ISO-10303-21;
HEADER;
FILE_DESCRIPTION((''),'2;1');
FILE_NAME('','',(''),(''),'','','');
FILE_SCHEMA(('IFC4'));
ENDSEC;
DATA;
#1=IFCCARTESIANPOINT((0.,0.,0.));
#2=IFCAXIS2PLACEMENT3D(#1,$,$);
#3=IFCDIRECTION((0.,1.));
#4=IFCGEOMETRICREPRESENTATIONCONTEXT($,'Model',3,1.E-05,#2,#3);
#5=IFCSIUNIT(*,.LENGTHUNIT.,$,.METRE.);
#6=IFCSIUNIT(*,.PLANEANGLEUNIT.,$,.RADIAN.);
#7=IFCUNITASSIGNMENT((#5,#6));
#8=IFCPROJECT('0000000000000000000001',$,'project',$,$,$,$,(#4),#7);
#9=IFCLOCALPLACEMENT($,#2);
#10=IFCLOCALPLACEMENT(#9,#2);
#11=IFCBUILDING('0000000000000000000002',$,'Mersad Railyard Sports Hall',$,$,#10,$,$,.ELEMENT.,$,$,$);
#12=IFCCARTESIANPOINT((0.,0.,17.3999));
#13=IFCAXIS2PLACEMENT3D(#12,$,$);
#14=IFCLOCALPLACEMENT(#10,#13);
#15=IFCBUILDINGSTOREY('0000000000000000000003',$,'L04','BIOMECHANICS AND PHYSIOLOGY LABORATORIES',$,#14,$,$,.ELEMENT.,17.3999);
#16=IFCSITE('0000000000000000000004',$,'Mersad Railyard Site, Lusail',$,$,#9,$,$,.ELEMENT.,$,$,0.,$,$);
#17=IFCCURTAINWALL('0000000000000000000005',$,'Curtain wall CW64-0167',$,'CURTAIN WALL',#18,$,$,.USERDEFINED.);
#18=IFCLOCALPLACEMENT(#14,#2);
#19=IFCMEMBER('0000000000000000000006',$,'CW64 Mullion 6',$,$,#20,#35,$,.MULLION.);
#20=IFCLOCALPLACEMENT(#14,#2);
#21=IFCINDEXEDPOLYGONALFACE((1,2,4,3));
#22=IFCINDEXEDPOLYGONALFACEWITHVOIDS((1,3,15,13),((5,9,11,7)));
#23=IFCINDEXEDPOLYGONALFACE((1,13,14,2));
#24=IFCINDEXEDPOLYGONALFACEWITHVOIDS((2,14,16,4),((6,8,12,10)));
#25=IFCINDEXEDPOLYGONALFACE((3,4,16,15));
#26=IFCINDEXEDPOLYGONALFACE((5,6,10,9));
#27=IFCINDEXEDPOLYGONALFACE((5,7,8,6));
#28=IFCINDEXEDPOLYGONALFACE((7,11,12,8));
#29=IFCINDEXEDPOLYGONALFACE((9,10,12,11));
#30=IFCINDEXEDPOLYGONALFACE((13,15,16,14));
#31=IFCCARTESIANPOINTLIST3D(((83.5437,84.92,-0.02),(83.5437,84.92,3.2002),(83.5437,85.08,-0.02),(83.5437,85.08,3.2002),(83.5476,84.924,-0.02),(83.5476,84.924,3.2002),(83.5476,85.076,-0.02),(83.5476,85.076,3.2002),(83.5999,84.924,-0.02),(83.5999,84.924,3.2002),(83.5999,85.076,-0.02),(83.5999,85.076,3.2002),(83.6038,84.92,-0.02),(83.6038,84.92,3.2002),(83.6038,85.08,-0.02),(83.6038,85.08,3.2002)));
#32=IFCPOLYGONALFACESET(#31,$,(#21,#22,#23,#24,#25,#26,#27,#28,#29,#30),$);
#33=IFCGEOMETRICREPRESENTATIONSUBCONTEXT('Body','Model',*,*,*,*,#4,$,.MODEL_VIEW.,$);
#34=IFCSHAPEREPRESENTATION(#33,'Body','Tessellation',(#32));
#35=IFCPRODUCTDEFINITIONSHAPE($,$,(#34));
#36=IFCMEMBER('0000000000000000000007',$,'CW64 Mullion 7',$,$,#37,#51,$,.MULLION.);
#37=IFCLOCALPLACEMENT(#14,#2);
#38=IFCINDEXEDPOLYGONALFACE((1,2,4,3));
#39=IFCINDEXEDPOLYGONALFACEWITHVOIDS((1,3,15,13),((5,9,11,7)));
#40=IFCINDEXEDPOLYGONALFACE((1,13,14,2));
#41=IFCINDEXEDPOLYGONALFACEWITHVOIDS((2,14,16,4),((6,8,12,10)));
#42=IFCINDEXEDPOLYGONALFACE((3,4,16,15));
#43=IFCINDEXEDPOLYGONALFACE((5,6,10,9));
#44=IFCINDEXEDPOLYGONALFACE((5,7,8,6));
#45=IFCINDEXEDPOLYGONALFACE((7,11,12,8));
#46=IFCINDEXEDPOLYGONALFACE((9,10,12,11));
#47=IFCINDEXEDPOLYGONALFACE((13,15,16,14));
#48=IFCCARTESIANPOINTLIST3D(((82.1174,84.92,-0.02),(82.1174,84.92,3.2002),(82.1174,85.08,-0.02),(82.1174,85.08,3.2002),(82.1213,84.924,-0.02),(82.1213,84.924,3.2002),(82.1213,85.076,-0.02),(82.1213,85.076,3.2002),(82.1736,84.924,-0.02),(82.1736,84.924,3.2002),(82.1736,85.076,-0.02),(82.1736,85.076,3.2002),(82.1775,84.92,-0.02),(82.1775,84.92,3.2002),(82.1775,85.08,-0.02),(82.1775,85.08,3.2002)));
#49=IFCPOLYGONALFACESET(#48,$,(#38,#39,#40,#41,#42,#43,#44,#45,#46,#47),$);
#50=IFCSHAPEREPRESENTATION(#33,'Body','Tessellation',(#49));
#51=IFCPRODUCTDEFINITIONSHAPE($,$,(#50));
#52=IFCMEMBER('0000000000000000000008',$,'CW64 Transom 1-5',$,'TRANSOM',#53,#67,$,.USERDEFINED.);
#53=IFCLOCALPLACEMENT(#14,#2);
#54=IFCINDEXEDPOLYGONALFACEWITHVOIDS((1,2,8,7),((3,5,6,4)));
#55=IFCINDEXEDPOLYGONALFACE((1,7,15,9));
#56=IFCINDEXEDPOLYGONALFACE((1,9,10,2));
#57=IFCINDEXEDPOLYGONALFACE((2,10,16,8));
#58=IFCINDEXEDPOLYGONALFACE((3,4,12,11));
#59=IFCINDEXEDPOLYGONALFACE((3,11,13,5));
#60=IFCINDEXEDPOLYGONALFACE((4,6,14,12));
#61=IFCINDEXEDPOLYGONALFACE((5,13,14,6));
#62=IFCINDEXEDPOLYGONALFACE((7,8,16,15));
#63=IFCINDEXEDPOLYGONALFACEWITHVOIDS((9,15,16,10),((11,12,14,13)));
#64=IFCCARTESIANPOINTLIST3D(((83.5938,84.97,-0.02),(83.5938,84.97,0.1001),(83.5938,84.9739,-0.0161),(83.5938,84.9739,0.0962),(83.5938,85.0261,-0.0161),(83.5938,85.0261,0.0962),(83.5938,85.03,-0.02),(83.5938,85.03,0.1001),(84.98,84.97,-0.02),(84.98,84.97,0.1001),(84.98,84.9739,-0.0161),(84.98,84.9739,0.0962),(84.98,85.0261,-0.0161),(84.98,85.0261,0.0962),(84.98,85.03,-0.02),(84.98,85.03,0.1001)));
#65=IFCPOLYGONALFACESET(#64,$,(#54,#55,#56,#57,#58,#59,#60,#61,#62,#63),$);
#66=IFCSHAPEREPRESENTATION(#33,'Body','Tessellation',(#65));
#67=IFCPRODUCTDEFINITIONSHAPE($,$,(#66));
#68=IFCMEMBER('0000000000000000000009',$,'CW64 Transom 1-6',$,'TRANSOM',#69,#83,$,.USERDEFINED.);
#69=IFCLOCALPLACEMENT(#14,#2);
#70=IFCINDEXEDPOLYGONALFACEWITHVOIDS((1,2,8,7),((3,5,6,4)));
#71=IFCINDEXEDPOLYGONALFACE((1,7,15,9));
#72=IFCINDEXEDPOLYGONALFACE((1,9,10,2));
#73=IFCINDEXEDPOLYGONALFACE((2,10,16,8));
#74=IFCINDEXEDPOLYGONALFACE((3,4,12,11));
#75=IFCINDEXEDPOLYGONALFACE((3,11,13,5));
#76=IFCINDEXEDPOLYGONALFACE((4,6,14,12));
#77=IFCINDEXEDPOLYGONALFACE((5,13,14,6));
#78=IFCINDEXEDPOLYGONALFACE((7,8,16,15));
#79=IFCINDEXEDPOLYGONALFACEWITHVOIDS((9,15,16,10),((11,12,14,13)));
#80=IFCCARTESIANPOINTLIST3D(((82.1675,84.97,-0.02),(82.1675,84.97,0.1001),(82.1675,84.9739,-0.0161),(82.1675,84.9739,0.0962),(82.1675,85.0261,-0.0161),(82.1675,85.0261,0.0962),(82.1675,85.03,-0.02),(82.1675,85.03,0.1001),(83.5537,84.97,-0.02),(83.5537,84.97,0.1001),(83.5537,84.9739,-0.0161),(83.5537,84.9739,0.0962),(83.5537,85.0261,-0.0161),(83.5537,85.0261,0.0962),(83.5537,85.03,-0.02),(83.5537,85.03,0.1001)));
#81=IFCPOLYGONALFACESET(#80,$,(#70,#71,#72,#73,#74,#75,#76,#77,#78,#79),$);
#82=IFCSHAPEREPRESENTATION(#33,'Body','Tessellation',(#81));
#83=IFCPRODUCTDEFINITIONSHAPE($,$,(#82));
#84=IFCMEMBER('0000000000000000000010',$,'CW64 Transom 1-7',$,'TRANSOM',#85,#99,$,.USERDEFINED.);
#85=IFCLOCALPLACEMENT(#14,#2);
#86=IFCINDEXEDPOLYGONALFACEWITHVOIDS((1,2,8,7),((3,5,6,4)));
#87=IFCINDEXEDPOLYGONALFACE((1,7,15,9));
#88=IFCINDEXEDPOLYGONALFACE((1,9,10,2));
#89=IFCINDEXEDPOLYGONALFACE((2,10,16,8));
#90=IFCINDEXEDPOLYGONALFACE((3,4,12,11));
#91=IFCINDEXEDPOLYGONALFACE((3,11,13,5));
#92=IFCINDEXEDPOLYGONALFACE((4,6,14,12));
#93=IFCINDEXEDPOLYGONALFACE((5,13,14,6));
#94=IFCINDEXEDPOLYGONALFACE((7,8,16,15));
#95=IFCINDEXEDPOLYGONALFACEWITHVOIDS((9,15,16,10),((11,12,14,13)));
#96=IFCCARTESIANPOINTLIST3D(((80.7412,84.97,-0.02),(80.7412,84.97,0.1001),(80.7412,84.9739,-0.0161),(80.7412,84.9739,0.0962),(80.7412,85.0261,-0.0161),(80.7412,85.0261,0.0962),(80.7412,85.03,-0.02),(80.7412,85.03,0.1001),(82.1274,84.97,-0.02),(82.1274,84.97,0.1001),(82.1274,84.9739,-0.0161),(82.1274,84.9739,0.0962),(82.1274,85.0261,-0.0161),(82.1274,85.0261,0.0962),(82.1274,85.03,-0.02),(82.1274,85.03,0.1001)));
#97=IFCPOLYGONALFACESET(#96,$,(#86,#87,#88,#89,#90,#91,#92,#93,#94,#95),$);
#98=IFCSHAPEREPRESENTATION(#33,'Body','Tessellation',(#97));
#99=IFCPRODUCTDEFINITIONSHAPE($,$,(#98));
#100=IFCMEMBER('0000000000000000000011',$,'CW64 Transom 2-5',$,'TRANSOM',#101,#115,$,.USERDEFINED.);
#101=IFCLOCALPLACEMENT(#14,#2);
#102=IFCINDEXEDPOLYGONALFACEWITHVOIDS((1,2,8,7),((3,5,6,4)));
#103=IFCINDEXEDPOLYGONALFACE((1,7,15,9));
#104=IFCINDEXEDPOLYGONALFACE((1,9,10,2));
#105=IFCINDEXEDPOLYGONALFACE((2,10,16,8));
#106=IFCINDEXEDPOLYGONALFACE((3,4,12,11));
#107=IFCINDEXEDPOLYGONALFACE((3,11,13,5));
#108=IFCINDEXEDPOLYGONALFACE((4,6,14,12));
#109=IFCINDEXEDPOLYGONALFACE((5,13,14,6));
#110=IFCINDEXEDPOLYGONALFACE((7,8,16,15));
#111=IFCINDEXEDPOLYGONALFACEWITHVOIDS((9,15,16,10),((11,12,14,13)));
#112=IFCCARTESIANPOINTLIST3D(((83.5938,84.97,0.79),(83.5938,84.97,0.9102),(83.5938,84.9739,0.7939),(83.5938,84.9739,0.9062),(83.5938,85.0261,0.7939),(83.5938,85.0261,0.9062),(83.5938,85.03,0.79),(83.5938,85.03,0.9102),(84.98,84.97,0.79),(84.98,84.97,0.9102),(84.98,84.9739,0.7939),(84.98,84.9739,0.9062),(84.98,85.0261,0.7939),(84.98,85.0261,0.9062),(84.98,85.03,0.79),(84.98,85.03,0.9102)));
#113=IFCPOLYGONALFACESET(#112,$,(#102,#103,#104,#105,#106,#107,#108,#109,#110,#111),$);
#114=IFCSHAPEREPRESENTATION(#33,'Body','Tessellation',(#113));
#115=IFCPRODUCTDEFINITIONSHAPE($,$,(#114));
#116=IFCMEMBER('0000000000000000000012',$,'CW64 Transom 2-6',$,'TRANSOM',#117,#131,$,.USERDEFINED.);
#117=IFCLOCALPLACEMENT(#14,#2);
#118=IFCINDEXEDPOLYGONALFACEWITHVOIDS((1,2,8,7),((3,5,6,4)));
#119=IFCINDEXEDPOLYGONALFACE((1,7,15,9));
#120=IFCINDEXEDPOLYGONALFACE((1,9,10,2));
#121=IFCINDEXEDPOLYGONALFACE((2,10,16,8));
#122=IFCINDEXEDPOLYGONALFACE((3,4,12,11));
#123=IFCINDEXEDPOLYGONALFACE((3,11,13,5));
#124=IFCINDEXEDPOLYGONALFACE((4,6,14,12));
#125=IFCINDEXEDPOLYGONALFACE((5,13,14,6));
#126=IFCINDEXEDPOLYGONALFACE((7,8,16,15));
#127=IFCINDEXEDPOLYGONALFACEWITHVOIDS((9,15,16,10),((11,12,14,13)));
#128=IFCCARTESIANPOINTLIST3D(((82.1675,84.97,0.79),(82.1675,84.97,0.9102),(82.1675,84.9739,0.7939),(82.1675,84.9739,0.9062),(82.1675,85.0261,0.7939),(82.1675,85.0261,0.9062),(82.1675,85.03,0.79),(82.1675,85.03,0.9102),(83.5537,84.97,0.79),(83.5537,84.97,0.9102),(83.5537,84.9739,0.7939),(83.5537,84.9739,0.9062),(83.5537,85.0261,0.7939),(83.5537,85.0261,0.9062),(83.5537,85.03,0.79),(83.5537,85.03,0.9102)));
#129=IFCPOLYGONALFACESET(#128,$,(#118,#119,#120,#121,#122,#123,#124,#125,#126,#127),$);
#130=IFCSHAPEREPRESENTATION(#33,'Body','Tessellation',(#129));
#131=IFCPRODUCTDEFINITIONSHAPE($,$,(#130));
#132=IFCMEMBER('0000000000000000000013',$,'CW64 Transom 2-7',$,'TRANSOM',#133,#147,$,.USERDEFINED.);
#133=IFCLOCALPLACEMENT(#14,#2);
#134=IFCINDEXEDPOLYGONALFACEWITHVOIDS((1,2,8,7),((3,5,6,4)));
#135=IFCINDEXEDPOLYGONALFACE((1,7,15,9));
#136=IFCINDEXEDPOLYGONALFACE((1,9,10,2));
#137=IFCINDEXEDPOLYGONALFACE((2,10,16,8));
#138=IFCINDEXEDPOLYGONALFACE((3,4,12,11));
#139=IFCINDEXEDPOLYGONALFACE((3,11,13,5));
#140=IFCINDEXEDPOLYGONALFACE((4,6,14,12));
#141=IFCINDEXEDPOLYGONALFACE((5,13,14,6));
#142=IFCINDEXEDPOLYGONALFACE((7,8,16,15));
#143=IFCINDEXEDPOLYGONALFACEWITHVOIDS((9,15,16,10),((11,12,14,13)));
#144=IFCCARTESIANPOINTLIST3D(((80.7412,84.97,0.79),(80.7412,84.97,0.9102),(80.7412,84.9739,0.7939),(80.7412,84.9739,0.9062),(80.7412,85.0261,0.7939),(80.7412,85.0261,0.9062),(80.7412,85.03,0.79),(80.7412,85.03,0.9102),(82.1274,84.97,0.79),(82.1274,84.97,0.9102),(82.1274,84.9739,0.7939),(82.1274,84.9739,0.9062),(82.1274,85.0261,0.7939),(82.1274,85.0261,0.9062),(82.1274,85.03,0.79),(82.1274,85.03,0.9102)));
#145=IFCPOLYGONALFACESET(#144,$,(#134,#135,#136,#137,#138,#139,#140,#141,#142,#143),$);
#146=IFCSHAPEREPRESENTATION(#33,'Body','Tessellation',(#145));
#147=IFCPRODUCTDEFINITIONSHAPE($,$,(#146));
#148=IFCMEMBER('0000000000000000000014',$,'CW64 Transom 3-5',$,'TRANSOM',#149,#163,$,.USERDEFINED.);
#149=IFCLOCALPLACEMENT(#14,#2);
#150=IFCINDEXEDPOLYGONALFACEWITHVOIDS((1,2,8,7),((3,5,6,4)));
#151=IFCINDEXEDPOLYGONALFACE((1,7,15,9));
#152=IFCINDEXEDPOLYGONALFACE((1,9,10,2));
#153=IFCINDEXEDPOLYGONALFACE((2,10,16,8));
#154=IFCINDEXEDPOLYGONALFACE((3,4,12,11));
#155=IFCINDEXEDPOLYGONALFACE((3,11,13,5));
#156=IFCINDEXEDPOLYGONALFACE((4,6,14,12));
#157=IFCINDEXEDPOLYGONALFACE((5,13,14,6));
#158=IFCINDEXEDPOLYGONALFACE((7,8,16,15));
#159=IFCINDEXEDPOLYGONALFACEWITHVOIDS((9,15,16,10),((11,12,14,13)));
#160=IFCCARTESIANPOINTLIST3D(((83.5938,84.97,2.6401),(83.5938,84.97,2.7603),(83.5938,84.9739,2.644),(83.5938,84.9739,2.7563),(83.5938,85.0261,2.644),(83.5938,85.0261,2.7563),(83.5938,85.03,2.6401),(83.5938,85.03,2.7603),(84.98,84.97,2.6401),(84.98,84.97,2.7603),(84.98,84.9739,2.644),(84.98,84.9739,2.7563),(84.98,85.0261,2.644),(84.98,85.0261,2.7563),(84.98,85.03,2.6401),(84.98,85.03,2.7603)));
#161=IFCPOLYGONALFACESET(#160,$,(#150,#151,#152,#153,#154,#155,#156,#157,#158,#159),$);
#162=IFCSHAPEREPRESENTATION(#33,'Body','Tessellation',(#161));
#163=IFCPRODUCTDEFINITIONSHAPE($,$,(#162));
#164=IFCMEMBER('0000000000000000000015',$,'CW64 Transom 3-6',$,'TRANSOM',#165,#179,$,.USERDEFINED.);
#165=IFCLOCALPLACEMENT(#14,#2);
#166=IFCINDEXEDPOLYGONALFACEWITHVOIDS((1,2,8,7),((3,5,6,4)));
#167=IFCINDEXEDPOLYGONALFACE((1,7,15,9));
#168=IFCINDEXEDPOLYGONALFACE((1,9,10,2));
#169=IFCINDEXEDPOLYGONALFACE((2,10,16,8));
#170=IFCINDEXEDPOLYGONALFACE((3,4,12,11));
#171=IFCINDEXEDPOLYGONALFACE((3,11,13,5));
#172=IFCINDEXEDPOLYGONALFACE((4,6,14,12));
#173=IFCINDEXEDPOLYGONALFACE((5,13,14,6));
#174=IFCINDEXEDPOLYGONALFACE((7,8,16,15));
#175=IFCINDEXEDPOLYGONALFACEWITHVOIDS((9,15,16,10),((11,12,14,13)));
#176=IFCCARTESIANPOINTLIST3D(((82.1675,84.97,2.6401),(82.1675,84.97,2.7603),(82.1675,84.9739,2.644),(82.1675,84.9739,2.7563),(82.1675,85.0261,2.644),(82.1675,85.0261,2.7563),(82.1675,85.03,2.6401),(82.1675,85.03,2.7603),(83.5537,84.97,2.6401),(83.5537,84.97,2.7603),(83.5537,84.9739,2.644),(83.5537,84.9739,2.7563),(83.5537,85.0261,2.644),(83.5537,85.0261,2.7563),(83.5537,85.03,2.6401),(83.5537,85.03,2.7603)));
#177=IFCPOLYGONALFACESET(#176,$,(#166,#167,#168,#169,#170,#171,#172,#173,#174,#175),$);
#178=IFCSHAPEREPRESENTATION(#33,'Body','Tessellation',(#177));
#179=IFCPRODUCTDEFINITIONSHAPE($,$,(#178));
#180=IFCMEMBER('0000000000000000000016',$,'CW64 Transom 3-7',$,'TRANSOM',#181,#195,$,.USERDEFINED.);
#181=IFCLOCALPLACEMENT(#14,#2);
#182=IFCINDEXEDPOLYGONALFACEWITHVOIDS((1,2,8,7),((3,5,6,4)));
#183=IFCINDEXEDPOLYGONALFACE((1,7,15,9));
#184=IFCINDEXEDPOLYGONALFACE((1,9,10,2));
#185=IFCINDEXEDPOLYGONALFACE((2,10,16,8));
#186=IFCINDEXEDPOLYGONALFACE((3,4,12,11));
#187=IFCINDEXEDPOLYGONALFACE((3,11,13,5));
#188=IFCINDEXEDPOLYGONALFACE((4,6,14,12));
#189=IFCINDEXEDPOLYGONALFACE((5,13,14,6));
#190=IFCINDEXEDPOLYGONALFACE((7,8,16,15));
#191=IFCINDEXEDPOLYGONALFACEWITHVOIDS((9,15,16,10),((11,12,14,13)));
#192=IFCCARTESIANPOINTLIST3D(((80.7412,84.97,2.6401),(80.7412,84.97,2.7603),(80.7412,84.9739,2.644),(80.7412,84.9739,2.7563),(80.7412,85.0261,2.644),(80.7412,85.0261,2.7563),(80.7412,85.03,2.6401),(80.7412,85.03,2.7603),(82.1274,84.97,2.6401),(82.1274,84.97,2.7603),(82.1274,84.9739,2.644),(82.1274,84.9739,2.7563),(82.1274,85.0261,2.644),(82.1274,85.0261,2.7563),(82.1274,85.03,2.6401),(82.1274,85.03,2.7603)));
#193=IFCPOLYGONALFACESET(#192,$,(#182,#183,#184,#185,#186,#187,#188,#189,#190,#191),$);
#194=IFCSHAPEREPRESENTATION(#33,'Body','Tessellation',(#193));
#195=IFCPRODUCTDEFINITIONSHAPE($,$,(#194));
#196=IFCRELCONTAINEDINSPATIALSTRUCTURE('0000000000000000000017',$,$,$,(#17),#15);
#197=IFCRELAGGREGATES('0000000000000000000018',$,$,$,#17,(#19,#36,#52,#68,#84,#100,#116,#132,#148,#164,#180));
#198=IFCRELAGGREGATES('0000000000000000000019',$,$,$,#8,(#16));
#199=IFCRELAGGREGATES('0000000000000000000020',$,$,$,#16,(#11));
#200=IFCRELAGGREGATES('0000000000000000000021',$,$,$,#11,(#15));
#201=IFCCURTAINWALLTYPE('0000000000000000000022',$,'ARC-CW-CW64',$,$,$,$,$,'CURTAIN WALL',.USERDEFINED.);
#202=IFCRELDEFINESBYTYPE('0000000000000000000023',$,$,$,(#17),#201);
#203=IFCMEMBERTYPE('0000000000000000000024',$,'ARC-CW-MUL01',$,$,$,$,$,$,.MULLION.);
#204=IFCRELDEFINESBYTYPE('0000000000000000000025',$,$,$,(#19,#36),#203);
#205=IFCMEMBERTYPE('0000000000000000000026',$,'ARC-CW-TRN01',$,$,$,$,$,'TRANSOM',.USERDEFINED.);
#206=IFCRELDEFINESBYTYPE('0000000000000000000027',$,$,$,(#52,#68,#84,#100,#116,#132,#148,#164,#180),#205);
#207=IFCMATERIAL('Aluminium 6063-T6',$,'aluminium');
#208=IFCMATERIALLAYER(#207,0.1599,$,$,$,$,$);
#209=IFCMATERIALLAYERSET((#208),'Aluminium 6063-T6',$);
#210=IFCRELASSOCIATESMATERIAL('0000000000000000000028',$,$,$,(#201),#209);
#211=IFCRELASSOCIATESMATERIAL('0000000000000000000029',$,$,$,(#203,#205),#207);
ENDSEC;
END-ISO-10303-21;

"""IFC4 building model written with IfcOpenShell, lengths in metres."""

from ifc_helpers import new_model, si_unit, direction, frame, origin, origin_2d, place, context, subcontext, project, spatial, hollow_rectangle, extrude, material, layer, layer_set, material_profile, profile_set, type_object, element, aggregate, save


model = new_model("IFC4")

# Units and contexts
model_context = context("Model", 3, precision=1e-05, world=origin(), true_north=direction((0.0, 1.0)))
body_context = subcontext(model_context, "Body", "Model", "MODEL_VIEW")
ifc_project = project(units=[si_unit("LENGTHUNIT", "METRE"), si_unit("PLANEANGLEUNIT", "RADIAN")], contexts=[model_context])

# Site, building, storey
site_placement = place(None, origin())
site = spatial("IfcSite", under=ifc_project, at=site_placement, Name="Mersad Railyard Site, Lusail", CompositionType="ELEMENT", RefElevation=0.0)
building_placement = place(site_placement, origin())
building = spatial("IfcBuilding", under=site, at=building_placement, Name="Mersad Railyard Sports Hall", CompositionType="ELEMENT")
storey_placement = place(building_placement, frame((0.0, 0.0, 17.3999)))
storey = spatial("IfcBuildingStorey", under=building, at=storey_placement, Name="L04", Description="BIOMECHANICS AND PHYSIOLOGY LABORATORIES", CompositionType="ELEMENT", Elevation=17.3999)

# Curtain wall, members
ifc_material_1 = material(Name="Aluminium 6063-T6", Category="aluminium")
ifc_layer_1 = layer(ifc_material_1, 0.1599)
ifc_layer_set_1 = layer_set([ifc_layer_1], Name="Aluminium 6063-T6")
curtain_wall_type = type_object("IfcCurtainWallType", Name="ARC-CW-CW64", ElementType="CURTAIN WALL", PredefinedType="USERDEFINED", material=ifc_layer_set_1)
curtain_wall_placement = place(storey_placement, origin())
curtain_wall = element("IfcCurtainWall", 1, at=curtain_wall_placement, inside=storey, type_object=curtain_wall_type, Name="Curtain wall CW64-0167", ObjectType="CURTAIN WALL", PredefinedType="USERDEFINED")
ifc_material_profile_1 = material_profile(ifc_material_1, hollow_rectangle(XDim=0.0601, YDim=0.1599, WallThickness=0.0039, at=origin_2d()), Name="AL MULLION 60x160x4")
ifc_profile_set_1 = profile_set([ifc_material_profile_1], Name="Aluminium 6063-T6")
member_type_1 = type_object("IfcMemberType", Name="ARC-CW-MUL01", PredefinedType="MULLION", material=ifc_profile_set_1)
member_1_placement = place(storey_placement, frame((83.5737, 85.0, -0.02), z_axis=(0.0, 0.0, 1.0), x_axis=(1.0, 0.0, 0.0)))
member_1 = element("IfcMember", 2, at=member_1_placement, type_object=member_type_1, Name="CW64 Mullion 6", PredefinedType="MULLION", context=body_context, shape_type="SweptSolid", body=[
    extrude(hollow_rectangle(XDim=0.0601, YDim=0.1599, WallThickness=0.0039, at=origin_2d()), origin(), (0.0, 0.0, 1.0), 3.2202),
])
member_2_placement = place(storey_placement, frame((82.1475, 85.0, -0.02), z_axis=(0.0, 0.0, 1.0), x_axis=(1.0, 0.0, 0.0)))
member_2 = element("IfcMember", 3, at=member_2_placement, type_object=member_type_1, Name="CW64 Mullion 7", PredefinedType="MULLION", context=body_context, shape_type="SweptSolid", body=[
    extrude(hollow_rectangle(XDim=0.0601, YDim=0.1599, WallThickness=0.0039, at=origin_2d()), origin(), (0.0, 0.0, 1.0), 3.2202),
])
ifc_material_profile_2 = material_profile(ifc_material_1, hollow_rectangle(XDim=0.0601, YDim=0.1201, WallThickness=0.0039, at=origin_2d()), Name="AL TRANSOM 60x120x4")
ifc_profile_set_2 = profile_set([ifc_material_profile_2], Name="Aluminium 6063-T6")
member_type_2 = type_object("IfcMemberType", Name="ARC-CW-TRN01", ElementType="TRANSOM", PredefinedType="USERDEFINED", material=ifc_profile_set_2)
member_3_placement = place(storey_placement, frame((84.98, 85.0, 0.04), z_axis=(-1.0, 0.0, 0.0), x_axis=(0.0, -1.0, 0.0)))
member_3 = element("IfcMember", 4, at=member_3_placement, type_object=member_type_2, Name="CW64 Transom 1-5", ObjectType="TRANSOM", PredefinedType="USERDEFINED", context=body_context, shape_type="SweptSolid", body=[
    extrude(hollow_rectangle(XDim=0.0601, YDim=0.1201, WallThickness=0.0039, at=origin_2d()), origin(), (0.0, 0.0, 1.0), 1.3862),
])
member_4_placement = place(storey_placement, frame((83.5537, 85.0, 0.04), z_axis=(-1.0, 0.0, 0.0), x_axis=(0.0, -1.0, 0.0)))
member_4 = element("IfcMember", 5, at=member_4_placement, type_object=member_type_2, Name="CW64 Transom 1-6", ObjectType="TRANSOM", PredefinedType="USERDEFINED", context=body_context, shape_type="SweptSolid", body=[
    extrude(hollow_rectangle(XDim=0.0601, YDim=0.1201, WallThickness=0.0039, at=origin_2d()), origin(), (0.0, 0.0, 1.0), 1.3862),
])
member_5_placement = place(storey_placement, frame((82.1274, 85.0, 0.04), z_axis=(-1.0, 0.0, 0.0), x_axis=(0.0, -1.0, 0.0)))
member_5 = element("IfcMember", 6, at=member_5_placement, type_object=member_type_2, Name="CW64 Transom 1-7", ObjectType="TRANSOM", PredefinedType="USERDEFINED", context=body_context, shape_type="SweptSolid", body=[
    extrude(hollow_rectangle(XDim=0.0601, YDim=0.1201, WallThickness=0.0039, at=origin_2d()), origin(), (0.0, 0.0, 1.0), 1.3862),
])
member_6_placement = place(storey_placement, frame((84.98, 85.0, 0.8501), z_axis=(-1.0, 0.0, 0.0), x_axis=(0.0, -1.0, 0.0)))
member_6 = element("IfcMember", 7, at=member_6_placement, type_object=member_type_2, Name="CW64 Transom 2-5", ObjectType="TRANSOM", PredefinedType="USERDEFINED", context=body_context, shape_type="SweptSolid", body=[
    extrude(hollow_rectangle(XDim=0.0601, YDim=0.1201, WallThickness=0.0039, at=origin_2d()), origin(), (0.0, 0.0, 1.0), 1.3862),
])
member_7_placement = place(storey_placement, frame((83.5537, 85.0, 0.8501), z_axis=(-1.0, 0.0, 0.0), x_axis=(0.0, -1.0, 0.0)))
member_7 = element("IfcMember", 8, at=member_7_placement, type_object=member_type_2, Name="CW64 Transom 2-6", ObjectType="TRANSOM", PredefinedType="USERDEFINED", context=body_context, shape_type="SweptSolid", body=[
    extrude(hollow_rectangle(XDim=0.0601, YDim=0.1201, WallThickness=0.0039, at=origin_2d()), origin(), (0.0, 0.0, 1.0), 1.3862),
])
member_8_placement = place(storey_placement, frame((82.1274, 85.0, 0.8501), z_axis=(-1.0, 0.0, 0.0), x_axis=(0.0, -1.0, 0.0)))
member_8 = element("IfcMember", 9, at=member_8_placement, type_object=member_type_2, Name="CW64 Transom 2-7", ObjectType="TRANSOM", PredefinedType="USERDEFINED", context=body_context, shape_type="SweptSolid", body=[
    extrude(hollow_rectangle(XDim=0.0601, YDim=0.1201, WallThickness=0.0039, at=origin_2d()), origin(), (0.0, 0.0, 1.0), 1.3862),
])
member_9_placement = place(storey_placement, frame((84.98, 85.0, 2.7002), z_axis=(-1.0, 0.0, 0.0), x_axis=(0.0, -1.0, 0.0)))
member_9 = element("IfcMember", 10, at=member_9_placement, type_object=member_type_2, Name="CW64 Transom 3-5", ObjectType="TRANSOM", PredefinedType="USERDEFINED", context=body_context, shape_type="SweptSolid", body=[
    extrude(hollow_rectangle(XDim=0.0601, YDim=0.1201, WallThickness=0.0039, at=origin_2d()), origin(), (0.0, 0.0, 1.0), 1.3862),
])
member_10_placement = place(storey_placement, frame((83.5537, 85.0, 2.7002), z_axis=(-1.0, 0.0, 0.0), x_axis=(0.0, -1.0, 0.0)))
member_10 = element("IfcMember", 11, at=member_10_placement, type_object=member_type_2, Name="CW64 Transom 3-6", ObjectType="TRANSOM", PredefinedType="USERDEFINED", context=body_context, shape_type="SweptSolid", body=[
    extrude(hollow_rectangle(XDim=0.0601, YDim=0.1201, WallThickness=0.0039, at=origin_2d()), origin(), (0.0, 0.0, 1.0), 1.3862),
])
member_11_placement = place(storey_placement, frame((82.1274, 85.0, 2.7002), z_axis=(-1.0, 0.0, 0.0), x_axis=(0.0, -1.0, 0.0)))
member_11 = element("IfcMember", 12, at=member_11_placement, type_object=member_type_2, Name="CW64 Transom 3-7", ObjectType="TRANSOM", PredefinedType="USERDEFINED", context=body_context, shape_type="SweptSolid", body=[
    extrude(hollow_rectangle(XDim=0.0601, YDim=0.1201, WallThickness=0.0039, at=origin_2d()), origin(), (0.0, 0.0, 1.0), 1.3862),
])
aggregate(curtain_wall, [member_1, member_2, member_3, member_4, member_5, member_6, member_7, member_8, member_9, member_10, member_11])

save(model, "model.ifc")
